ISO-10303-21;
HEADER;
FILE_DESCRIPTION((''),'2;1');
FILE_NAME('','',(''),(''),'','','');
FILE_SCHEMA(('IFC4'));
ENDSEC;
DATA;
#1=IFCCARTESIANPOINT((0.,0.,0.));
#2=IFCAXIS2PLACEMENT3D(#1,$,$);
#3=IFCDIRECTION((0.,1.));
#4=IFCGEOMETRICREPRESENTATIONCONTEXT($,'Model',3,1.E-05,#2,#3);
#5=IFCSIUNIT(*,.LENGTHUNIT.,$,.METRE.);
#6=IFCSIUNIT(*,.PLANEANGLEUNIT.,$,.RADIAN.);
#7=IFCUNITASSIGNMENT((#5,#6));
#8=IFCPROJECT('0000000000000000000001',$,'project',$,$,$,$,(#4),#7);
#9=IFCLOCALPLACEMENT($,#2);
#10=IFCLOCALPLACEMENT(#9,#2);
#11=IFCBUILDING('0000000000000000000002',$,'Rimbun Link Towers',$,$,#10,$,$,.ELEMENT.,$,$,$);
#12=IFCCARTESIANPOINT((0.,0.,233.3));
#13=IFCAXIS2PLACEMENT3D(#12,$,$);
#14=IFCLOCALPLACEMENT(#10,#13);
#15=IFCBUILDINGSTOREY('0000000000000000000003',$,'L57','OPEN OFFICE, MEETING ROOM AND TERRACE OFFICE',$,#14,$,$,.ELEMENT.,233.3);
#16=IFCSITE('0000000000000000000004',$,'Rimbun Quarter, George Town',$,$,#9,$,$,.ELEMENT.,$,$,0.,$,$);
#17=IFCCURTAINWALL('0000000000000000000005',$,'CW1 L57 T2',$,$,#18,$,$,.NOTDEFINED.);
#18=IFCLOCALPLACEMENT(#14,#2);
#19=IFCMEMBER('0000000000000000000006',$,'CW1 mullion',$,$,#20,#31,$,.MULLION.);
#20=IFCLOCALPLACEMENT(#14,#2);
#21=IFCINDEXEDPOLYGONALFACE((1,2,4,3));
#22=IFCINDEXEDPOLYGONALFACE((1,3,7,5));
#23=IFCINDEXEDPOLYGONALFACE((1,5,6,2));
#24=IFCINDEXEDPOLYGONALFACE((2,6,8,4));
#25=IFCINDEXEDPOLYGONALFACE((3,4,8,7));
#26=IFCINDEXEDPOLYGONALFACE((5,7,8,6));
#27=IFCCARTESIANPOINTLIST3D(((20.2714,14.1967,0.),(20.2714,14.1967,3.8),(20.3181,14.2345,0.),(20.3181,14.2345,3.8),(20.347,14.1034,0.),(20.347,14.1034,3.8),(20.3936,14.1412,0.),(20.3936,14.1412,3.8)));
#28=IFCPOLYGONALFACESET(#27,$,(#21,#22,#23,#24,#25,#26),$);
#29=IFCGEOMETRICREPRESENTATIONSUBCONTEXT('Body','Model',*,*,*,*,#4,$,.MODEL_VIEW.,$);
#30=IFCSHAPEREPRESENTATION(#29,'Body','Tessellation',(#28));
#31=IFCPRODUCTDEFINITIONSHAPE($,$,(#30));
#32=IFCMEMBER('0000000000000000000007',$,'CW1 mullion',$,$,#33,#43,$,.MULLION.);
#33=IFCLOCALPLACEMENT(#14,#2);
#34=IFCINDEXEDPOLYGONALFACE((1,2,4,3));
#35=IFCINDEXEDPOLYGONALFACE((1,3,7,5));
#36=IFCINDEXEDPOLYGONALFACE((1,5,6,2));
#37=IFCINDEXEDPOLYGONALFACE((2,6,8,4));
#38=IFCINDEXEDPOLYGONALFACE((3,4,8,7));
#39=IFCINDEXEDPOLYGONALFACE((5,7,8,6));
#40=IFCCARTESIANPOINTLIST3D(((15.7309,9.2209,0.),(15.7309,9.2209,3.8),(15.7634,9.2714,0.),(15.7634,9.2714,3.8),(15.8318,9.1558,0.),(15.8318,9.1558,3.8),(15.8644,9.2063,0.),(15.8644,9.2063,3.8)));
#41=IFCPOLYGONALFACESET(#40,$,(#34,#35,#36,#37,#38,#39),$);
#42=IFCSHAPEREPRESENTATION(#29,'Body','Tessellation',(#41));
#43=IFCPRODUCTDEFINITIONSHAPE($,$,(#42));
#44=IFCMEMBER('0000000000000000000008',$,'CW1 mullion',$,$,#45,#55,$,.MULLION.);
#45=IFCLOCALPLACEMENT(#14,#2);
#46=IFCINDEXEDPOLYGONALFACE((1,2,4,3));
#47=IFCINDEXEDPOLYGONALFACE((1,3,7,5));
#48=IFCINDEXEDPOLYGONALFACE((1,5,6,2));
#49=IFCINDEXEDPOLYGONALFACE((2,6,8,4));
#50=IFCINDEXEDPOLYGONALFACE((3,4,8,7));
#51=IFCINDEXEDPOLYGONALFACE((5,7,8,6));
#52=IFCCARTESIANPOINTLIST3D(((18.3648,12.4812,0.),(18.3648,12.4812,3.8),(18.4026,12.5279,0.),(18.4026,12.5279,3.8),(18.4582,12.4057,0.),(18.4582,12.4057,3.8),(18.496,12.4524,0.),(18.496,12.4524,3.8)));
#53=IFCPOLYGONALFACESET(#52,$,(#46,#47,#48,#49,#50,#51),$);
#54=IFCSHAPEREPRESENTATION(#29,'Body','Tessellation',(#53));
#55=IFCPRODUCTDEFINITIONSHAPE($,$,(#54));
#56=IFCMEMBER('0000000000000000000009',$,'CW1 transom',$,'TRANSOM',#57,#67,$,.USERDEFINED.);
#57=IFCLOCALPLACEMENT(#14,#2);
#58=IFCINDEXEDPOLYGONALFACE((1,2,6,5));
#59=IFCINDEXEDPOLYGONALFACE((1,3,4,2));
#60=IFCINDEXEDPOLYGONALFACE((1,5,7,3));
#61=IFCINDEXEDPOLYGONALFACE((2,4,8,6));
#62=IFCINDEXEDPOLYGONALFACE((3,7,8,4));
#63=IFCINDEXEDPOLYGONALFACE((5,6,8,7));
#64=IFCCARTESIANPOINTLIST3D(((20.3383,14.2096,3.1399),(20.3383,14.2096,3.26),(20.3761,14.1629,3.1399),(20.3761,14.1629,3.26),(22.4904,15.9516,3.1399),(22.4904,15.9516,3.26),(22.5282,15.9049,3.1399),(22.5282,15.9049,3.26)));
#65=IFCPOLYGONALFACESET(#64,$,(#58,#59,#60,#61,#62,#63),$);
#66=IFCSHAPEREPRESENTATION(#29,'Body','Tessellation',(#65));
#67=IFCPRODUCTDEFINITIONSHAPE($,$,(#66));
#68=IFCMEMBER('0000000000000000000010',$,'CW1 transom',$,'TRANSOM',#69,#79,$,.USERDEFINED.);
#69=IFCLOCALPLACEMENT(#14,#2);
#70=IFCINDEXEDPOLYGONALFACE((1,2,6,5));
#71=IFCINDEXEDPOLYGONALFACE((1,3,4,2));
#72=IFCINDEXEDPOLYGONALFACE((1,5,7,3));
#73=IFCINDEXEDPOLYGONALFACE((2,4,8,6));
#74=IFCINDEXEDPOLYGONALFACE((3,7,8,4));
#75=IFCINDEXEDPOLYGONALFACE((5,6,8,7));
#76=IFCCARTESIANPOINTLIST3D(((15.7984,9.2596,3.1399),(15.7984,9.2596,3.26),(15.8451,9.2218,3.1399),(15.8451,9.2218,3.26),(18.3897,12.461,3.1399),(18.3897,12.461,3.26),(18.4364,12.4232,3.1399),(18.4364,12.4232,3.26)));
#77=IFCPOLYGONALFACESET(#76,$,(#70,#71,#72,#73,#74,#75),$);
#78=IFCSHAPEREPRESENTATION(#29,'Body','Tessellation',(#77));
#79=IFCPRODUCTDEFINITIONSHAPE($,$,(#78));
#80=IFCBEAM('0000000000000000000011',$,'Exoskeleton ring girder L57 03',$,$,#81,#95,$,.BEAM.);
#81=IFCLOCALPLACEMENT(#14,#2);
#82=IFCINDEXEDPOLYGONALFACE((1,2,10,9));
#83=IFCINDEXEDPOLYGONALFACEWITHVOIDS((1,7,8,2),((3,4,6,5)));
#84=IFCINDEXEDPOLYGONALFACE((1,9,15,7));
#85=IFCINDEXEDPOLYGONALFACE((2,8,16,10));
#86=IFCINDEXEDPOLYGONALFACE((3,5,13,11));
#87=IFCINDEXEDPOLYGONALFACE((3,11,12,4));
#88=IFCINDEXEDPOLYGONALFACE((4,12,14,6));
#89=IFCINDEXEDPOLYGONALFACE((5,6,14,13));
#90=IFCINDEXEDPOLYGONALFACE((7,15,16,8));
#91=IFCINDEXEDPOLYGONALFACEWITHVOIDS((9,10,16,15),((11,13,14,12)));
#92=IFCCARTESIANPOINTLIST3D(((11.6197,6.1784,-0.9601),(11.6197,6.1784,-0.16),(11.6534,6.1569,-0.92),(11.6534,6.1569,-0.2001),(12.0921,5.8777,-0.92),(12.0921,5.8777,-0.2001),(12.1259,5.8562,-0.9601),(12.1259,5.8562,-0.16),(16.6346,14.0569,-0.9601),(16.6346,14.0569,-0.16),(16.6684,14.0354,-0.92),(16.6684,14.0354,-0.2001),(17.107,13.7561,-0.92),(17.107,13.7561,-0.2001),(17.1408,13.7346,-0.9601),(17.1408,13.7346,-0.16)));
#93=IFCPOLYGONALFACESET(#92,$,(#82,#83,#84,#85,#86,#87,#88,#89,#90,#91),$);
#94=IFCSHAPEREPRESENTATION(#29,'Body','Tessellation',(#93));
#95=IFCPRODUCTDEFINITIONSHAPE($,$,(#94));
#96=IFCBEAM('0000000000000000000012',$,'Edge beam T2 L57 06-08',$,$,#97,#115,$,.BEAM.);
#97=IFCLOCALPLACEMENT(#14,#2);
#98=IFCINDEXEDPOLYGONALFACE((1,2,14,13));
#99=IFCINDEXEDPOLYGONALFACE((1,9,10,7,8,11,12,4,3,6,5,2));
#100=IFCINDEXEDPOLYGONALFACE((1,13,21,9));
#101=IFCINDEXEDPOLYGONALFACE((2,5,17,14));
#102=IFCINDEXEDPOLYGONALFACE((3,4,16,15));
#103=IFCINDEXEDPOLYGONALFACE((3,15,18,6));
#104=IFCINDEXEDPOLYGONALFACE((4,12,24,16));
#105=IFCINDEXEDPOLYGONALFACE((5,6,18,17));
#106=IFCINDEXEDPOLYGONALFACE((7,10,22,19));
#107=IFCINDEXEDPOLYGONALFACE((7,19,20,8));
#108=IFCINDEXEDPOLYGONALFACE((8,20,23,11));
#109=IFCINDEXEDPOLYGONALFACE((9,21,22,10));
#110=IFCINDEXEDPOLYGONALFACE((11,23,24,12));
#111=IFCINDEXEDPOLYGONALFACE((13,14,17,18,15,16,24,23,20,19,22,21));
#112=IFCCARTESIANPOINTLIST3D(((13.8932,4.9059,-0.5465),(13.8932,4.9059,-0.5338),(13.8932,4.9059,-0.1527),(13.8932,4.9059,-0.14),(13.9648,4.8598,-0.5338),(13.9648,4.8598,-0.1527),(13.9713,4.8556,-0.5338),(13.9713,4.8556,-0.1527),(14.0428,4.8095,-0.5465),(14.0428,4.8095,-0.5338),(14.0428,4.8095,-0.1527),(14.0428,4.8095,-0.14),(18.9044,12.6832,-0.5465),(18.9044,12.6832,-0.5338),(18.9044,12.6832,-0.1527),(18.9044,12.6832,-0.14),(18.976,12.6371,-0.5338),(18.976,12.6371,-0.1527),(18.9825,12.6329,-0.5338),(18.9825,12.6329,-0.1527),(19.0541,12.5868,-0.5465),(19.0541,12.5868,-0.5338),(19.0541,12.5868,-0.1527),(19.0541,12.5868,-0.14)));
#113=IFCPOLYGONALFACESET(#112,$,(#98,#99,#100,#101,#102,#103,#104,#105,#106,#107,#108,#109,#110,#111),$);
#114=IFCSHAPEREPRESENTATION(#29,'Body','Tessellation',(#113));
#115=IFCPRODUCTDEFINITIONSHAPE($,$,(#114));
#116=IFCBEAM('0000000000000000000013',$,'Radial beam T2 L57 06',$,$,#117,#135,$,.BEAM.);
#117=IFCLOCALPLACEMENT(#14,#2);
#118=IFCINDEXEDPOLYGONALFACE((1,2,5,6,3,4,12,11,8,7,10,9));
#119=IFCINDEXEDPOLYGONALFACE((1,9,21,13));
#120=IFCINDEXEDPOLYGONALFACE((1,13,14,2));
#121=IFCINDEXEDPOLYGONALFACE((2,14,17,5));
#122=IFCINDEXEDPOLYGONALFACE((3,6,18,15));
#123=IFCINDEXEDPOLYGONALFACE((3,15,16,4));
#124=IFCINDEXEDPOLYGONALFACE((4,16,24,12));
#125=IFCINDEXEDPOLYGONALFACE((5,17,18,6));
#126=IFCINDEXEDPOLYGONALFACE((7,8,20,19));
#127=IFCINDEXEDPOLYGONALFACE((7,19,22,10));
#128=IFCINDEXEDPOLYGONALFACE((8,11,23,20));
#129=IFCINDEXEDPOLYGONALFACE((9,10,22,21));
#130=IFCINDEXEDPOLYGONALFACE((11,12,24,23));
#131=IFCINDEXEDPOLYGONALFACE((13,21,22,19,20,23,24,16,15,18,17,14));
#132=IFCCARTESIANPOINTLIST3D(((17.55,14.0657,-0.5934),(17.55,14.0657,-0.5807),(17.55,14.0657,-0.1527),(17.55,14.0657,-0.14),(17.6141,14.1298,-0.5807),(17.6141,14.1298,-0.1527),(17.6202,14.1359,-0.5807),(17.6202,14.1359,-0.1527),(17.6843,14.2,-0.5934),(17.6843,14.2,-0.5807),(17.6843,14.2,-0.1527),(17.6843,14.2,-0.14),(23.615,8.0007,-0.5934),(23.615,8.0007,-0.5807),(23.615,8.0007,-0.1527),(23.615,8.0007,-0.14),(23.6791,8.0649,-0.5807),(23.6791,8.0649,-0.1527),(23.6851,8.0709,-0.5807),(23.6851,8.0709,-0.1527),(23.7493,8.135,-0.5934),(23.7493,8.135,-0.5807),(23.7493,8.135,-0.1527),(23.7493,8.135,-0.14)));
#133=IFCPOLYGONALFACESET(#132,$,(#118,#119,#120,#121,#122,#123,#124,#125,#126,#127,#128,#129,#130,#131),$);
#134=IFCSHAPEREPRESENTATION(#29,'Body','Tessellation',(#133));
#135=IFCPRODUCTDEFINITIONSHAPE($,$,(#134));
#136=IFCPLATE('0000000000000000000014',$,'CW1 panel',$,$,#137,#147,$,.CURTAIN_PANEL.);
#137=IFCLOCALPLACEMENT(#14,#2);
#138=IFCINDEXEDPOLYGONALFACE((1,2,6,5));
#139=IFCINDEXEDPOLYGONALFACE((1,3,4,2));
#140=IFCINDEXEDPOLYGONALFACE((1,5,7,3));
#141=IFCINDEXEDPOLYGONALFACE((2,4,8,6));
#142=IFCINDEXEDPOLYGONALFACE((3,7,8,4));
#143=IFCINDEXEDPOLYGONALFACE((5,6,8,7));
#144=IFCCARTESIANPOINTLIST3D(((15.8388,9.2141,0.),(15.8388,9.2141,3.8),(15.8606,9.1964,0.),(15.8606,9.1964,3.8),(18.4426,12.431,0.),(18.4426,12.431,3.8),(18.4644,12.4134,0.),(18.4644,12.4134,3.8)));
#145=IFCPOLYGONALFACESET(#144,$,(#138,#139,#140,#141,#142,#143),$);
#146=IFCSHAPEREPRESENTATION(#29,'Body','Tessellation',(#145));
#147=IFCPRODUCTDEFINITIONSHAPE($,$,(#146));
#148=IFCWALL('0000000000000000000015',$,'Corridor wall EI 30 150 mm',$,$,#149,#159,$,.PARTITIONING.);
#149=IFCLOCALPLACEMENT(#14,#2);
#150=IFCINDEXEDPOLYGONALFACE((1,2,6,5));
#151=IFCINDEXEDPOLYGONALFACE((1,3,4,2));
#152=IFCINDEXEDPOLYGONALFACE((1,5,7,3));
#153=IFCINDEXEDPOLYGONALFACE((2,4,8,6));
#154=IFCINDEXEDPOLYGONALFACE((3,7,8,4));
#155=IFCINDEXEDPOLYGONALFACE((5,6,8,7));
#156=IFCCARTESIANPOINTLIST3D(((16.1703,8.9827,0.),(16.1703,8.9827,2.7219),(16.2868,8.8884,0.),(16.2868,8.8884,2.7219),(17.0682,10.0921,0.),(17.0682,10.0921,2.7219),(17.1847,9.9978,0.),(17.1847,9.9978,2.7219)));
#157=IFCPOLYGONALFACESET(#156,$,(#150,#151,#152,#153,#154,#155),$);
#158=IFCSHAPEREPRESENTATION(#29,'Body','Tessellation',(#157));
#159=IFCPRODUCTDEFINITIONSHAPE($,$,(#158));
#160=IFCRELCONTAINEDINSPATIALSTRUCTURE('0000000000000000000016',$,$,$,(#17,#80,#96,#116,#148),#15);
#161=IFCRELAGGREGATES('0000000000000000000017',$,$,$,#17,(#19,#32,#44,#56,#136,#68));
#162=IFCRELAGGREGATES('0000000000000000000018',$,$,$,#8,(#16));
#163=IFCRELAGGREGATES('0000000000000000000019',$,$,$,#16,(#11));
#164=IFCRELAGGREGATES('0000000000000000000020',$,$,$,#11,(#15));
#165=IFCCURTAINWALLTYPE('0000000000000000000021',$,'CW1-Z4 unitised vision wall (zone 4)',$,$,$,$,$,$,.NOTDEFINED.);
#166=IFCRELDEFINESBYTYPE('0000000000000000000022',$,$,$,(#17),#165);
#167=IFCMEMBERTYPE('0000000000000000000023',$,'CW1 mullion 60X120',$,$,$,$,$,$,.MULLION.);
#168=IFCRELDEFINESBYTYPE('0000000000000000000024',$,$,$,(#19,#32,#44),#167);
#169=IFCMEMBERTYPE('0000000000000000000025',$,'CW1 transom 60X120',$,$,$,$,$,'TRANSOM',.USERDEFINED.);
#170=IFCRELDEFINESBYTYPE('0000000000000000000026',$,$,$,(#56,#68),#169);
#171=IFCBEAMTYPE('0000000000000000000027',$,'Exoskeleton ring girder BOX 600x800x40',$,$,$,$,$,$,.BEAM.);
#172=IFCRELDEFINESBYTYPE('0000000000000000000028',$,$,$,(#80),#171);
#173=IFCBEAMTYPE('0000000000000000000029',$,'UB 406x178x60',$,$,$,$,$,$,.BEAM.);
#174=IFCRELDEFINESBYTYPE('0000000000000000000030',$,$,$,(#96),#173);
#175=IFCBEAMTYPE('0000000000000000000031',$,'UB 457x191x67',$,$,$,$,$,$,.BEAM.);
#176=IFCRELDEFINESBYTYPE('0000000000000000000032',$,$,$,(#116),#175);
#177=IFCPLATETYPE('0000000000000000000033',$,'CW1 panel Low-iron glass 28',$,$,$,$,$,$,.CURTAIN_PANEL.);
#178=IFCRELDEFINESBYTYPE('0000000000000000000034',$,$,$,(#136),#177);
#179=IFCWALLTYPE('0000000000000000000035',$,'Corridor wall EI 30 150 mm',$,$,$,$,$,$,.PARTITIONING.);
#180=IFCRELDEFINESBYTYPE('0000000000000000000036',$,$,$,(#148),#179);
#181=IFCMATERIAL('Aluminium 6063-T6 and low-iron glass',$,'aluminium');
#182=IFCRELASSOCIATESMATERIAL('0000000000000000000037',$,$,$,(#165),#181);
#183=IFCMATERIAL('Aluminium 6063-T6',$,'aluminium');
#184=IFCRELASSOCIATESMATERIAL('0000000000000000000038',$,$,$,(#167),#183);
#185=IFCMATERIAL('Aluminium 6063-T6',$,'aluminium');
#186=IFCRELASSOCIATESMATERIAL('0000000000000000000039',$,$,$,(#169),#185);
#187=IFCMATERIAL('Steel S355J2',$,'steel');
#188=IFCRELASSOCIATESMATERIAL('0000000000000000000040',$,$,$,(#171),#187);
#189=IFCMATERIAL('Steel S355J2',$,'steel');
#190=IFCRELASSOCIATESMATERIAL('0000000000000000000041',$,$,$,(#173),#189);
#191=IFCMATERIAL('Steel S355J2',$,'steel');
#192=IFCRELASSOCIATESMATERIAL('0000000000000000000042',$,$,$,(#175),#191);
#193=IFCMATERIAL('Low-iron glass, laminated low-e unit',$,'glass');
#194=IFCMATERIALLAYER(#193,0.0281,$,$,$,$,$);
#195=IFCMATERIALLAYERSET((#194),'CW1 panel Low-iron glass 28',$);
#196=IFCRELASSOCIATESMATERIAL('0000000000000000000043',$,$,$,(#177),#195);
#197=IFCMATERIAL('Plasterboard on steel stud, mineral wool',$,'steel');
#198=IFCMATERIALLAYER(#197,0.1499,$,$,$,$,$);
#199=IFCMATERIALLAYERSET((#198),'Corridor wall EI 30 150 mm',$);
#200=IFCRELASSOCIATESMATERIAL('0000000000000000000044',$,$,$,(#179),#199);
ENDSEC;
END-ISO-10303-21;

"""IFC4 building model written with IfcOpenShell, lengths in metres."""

from ifc_helpers import new_model, si_unit, direction, frame, frame_2d, origin, origin_2d, place, context, subcontext, project, spatial, rectangle, hollow_rectangle, i_section, extrude, material, layer, layer_set, material_profile, profile_set, type_object, element, aggregate, save


model = new_model("IFC4")

# Units and contexts
model_context = context("Model", 3, precision=1e-05, world=origin(), true_north=direction((0.0, 1.0)))
body_context = subcontext(model_context, "Body", "Model", "MODEL_VIEW")
ifc_project = project(units=[si_unit("LENGTHUNIT", "METRE"), si_unit("PLANEANGLEUNIT", "RADIAN")], contexts=[model_context])

# Site, building, storey
site_placement = place(None, origin())
site = spatial("IfcSite", under=ifc_project, at=site_placement, Name="Rimbun Quarter, George Town", CompositionType="ELEMENT", RefElevation=0.0)
building_placement = place(site_placement, origin())
building = spatial("IfcBuilding", under=site, at=building_placement, Name="Rimbun Link Towers", CompositionType="ELEMENT")
storey_placement = place(building_placement, frame((0.0, 0.0, 233.3)))
storey = spatial("IfcBuildingStorey", under=building, at=storey_placement, Name="L57", Description="OPEN OFFICE, MEETING ROOM AND TERRACE OFFICE", CompositionType="ELEMENT", Elevation=233.3)

# Curtain wall, members
ifc_material_1 = material(Name="Aluminium 6063-T6 and low-iron glass", Category="aluminium")
curtain_wall_type = type_object("IfcCurtainWallType", Name="CW1-Z4 unitised vision wall (zone 4)", PredefinedType="NOTDEFINED", material=ifc_material_1)
curtain_wall_placement = place(storey_placement, origin())
curtain_wall = element("IfcCurtainWall", 1, at=curtain_wall_placement, inside=storey, type_object=curtain_wall_type, Name="CW1 L57 T2", PredefinedType="NOTDEFINED")
ifc_material_2 = material(Name="Aluminium 6063-T6", Category="aluminium")
ifc_material_profile_1 = material_profile(ifc_material_2, rectangle(XDim=0.1201, YDim=0.0601, at=origin_2d()), Name="MULLION 60X120")
ifc_profile_set_1 = profile_set([ifc_material_profile_1], Name="Aluminium 6063-T6")
member_type_1 = type_object("IfcMemberType", Name="CW1 mullion 60X120", PredefinedType="MULLION", material=ifc_profile_set_1)
member_1_placement = place(storey_placement, frame((20.3325, 14.1689, 0.0), z_axis=(0.0, 0.0, 1.0), x_axis=(-0.629148, 0.777285, 0.0)))
member_1 = element("IfcMember", 2, at=member_1_placement, type_object=member_type_1, Name="CW1 mullion", PredefinedType="MULLION", context=body_context, shape_type="SweptSolid", body=[
    extrude(rectangle(XDim=0.1201, YDim=0.0601, at=origin_2d()), origin(), (0.0, 0.0, 1.0), 3.8),
])
member_2_placement = place(storey_placement, frame((15.7976, 9.2136, 0.0), z_axis=(0.0, 0.0, 1.0), x_axis=(-0.840317, 0.542095, 0.0)))
member_2 = element("IfcMember", 3, at=member_2_placement, type_object=member_type_1, Name="CW1 mullion", PredefinedType="MULLION", context=body_context, shape_type="SweptSolid", body=[
    extrude(rectangle(XDim=0.1201, YDim=0.0601, at=origin_2d()), origin(), (0.0, 0.0, 1.0), 3.8),
])
member_3_placement = place(storey_placement, frame((18.4304, 12.4668, 0.0), z_axis=(0.0, 0.0, 1.0), x_axis=(-0.777285, 0.629148, 0.0)))
member_3 = element("IfcMember", 4, at=member_3_placement, type_object=member_type_1, Name="CW1 mullion", PredefinedType="MULLION", context=body_context, shape_type="SweptSolid", body=[
    extrude(rectangle(XDim=0.1201, YDim=0.0601, at=origin_2d()), origin(), (0.0, 0.0, 1.0), 3.8),
])
ifc_material_3 = material(Name="Aluminium 6063-T6", Category="aluminium")
ifc_material_profile_2 = material_profile(ifc_material_3, rectangle(XDim=0.0601, YDim=0.1201, at=origin_2d()), Name="TRANSOM 60X120")
ifc_profile_set_2 = profile_set([ifc_material_profile_2], Name="Aluminium 6063-T6")
member_type_2 = type_object("IfcMemberType", Name="CW1 transom 60X120", ElementType="TRANSOM", PredefinedType="USERDEFINED", material=ifc_profile_set_2)
member_4_placement = place(storey_placement, frame((20.3572, 14.1863, 3.2), z_axis=(0.777286, 0.629147, 0.0), x_axis=(-0.629147, 0.777286, 0.0)))
member_4 = element("IfcMember", 5, at=member_4_placement, type_object=member_type_2, Name="CW1 transom", ObjectType="TRANSOM", PredefinedType="USERDEFINED", context=body_context, shape_type="SweptSolid", body=[
    extrude(rectangle(XDim=0.0601, YDim=0.1201, at=origin_2d()), origin(), (0.0, 0.0, 1.0), 2.7688),
])
member_5_placement = place(storey_placement, frame((15.8218, 9.2407, 3.2), z_axis=(0.629152, 0.777282, 0.0), x_axis=(-0.777282, 0.629152, 0.0)))
member_5 = element("IfcMember", 6, at=member_5_placement, type_object=member_type_2, Name="CW1 transom", ObjectType="TRANSOM", PredefinedType="USERDEFINED", context=body_context, shape_type="SweptSolid", body=[
    extrude(rectangle(XDim=0.0601, YDim=0.1201, at=origin_2d()), origin(), (0.0, 0.0, 1.0), 4.1187),
])

# Beams
ifc_material_4 = material(Name="Steel S355J2", Category="steel")
ifc_material_profile_3 = material_profile(ifc_material_4, hollow_rectangle(XDim=0.6001, YDim=0.8, WallThickness=0.04, at=origin_2d()), Name="Exoskeleton ring girder BOX 600x800x40")
ifc_profile_set_3 = profile_set([ifc_material_profile_3], Name="Steel S355J2")
beam_type_1 = type_object("IfcBeamType", Name="Exoskeleton ring girder BOX 600x800x40", PredefinedType="BEAM", material=ifc_profile_set_3)
beam_1_placement = place(storey_placement, frame((16.8877, 13.8958, -0.5601), z_axis=(-0.536979, -0.843596, 0.0), x_axis=(0.843596, -0.536979, 0.0)))
element("IfcBeam", 7, at=beam_1_placement, inside=storey, type_object=beam_type_1, Name="Exoskeleton ring girder L57 03", PredefinedType="BEAM", context=body_context, shape_type="SweptSolid", body=[
    extrude(hollow_rectangle(XDim=0.6001, YDim=0.8, WallThickness=0.04, at=origin_2d()), origin(), (0.0, 0.0, 1.0), 9.3391),
])
ifc_material_5 = material(Name="Steel S355J2", Category="steel")
ifc_material_profile_4 = material_profile(ifc_material_5, i_section(OverallWidth=0.178, OverallDepth=0.4065, WebThickness=0.0078, FlangeThickness=0.0127, at=origin_2d()), Name="UB 406x178x60")
ifc_profile_set_4 = profile_set([ifc_material_profile_4], Name="Steel S355J2")
beam_type_2 = type_object("IfcBeamType", Name="UB 406x178x60", PredefinedType="BEAM", material=ifc_profile_set_4)
beam_2_placement = place(storey_placement, frame((18.9792, 12.635, -0.3433), z_axis=(-0.541638, -0.840612, 0.0), x_axis=(0.840612, -0.541638, 0.0)))
element("IfcBeam", 8, at=beam_2_placement, inside=storey, type_object=beam_type_2, Name="Edge beam T2 L57 06-08", PredefinedType="BEAM", context=body_context, shape_type="SweptSolid", body=[
    extrude(i_section(OverallWidth=0.178, OverallDepth=0.4065, WebThickness=0.0078, FlangeThickness=0.0127, at=origin_2d()), origin(), (0.0, 0.0, 1.0), 9.252),
])
ifc_material_6 = material(Name="Steel S355J2", Category="steel")
ifc_material_profile_5 = material_profile(ifc_material_6, i_section(OverallWidth=0.1899, OverallDepth=0.4534, WebThickness=0.0085, FlangeThickness=0.0127, at=origin_2d()), Name="UB 457x191x67")
ifc_profile_set_5 = profile_set([ifc_material_profile_5], Name="Steel S355J2")
beam_type_3 = type_object("IfcBeamType", Name="UB 457x191x67", PredefinedType="BEAM", material=ifc_profile_set_5)
beam_3_placement = place(storey_placement, frame((23.6821, 8.0679, -0.3667), z_axis=(-0.707107, 0.707107, 0.0), x_axis=(-0.707107, -0.707107, 0.0)))
element("IfcBeam", 9, at=beam_3_placement, inside=storey, type_object=beam_type_3, Name="Radial beam T2 L57 06", PredefinedType="BEAM", context=body_context, shape_type="SweptSolid", body=[
    extrude(i_section(OverallWidth=0.1899, OverallDepth=0.4534, WebThickness=0.0085, FlangeThickness=0.0127, at=origin_2d()), origin(), (0.0, 0.0, 1.0), 8.5771),
])

# Plate
ifc_material_7 = material(Name="Low-iron glass, laminated low-e unit", Category="glass")
ifc_layer_1 = layer(ifc_material_7, 0.0281)
ifc_layer_set_1 = layer_set([ifc_layer_1], Name="CW1 panel Low-iron glass 28")
plate_type = type_object("IfcPlateType", Name="CW1 panel Low-iron glass 28", PredefinedType="CURTAIN_PANEL", material=ifc_layer_set_1)
plate_placement = place(storey_placement, frame((17.1516, 10.8137, 0.0), z_axis=(0.0, 0.0, 1.0), x_axis=(0.629148, 0.777285, 0.0)))
plate = element("IfcPlate", 10, at=plate_placement, type_object=plate_type, Name="CW1 panel", PredefinedType="CURTAIN_PANEL", context=body_context, shape_type="SweptSolid", body=[
    extrude(rectangle(XDim=4.1387, YDim=0.0281, at=origin_2d()), origin(), (0.0, 0.0, 1.0), 3.8),
])
aggregate(curtain_wall, [member_1, member_2, member_3, member_4, plate, member_5])

# Wall
ifc_material_8 = material(Name="Plasterboard on steel stud, mineral wool", Category="steel")
ifc_layer_2 = layer(ifc_material_8, 0.1499)
ifc_layer_set_2 = layer_set([ifc_layer_2], Name="Corridor wall EI 30 150 mm")
wall_type_1 = type_object("IfcWallType", Name="Corridor wall EI 30 150 mm", PredefinedType="PARTITIONING", material=ifc_layer_set_2)
wall_1_placement = place(storey_placement, frame((17.1265, 10.0449, 0.0), z_axis=(0.0, 0.0, 1.0), x_axis=(-0.629149, -0.777285, 0.0)))
element("IfcWall", 11, at=wall_1_placement, inside=storey, type_object=wall_type_1, Name="Corridor wall EI 30 150 mm", PredefinedType="PARTITIONING", context=body_context, shape_type="SweptSolid", body=[
    extrude(rectangle(XDim=1.4272, YDim=0.1499, at=frame_2d((0.7136, 0.0))), origin(), (0.0, 0.0, 1.0), 2.7219),
])

save(model, "model.ifc")
